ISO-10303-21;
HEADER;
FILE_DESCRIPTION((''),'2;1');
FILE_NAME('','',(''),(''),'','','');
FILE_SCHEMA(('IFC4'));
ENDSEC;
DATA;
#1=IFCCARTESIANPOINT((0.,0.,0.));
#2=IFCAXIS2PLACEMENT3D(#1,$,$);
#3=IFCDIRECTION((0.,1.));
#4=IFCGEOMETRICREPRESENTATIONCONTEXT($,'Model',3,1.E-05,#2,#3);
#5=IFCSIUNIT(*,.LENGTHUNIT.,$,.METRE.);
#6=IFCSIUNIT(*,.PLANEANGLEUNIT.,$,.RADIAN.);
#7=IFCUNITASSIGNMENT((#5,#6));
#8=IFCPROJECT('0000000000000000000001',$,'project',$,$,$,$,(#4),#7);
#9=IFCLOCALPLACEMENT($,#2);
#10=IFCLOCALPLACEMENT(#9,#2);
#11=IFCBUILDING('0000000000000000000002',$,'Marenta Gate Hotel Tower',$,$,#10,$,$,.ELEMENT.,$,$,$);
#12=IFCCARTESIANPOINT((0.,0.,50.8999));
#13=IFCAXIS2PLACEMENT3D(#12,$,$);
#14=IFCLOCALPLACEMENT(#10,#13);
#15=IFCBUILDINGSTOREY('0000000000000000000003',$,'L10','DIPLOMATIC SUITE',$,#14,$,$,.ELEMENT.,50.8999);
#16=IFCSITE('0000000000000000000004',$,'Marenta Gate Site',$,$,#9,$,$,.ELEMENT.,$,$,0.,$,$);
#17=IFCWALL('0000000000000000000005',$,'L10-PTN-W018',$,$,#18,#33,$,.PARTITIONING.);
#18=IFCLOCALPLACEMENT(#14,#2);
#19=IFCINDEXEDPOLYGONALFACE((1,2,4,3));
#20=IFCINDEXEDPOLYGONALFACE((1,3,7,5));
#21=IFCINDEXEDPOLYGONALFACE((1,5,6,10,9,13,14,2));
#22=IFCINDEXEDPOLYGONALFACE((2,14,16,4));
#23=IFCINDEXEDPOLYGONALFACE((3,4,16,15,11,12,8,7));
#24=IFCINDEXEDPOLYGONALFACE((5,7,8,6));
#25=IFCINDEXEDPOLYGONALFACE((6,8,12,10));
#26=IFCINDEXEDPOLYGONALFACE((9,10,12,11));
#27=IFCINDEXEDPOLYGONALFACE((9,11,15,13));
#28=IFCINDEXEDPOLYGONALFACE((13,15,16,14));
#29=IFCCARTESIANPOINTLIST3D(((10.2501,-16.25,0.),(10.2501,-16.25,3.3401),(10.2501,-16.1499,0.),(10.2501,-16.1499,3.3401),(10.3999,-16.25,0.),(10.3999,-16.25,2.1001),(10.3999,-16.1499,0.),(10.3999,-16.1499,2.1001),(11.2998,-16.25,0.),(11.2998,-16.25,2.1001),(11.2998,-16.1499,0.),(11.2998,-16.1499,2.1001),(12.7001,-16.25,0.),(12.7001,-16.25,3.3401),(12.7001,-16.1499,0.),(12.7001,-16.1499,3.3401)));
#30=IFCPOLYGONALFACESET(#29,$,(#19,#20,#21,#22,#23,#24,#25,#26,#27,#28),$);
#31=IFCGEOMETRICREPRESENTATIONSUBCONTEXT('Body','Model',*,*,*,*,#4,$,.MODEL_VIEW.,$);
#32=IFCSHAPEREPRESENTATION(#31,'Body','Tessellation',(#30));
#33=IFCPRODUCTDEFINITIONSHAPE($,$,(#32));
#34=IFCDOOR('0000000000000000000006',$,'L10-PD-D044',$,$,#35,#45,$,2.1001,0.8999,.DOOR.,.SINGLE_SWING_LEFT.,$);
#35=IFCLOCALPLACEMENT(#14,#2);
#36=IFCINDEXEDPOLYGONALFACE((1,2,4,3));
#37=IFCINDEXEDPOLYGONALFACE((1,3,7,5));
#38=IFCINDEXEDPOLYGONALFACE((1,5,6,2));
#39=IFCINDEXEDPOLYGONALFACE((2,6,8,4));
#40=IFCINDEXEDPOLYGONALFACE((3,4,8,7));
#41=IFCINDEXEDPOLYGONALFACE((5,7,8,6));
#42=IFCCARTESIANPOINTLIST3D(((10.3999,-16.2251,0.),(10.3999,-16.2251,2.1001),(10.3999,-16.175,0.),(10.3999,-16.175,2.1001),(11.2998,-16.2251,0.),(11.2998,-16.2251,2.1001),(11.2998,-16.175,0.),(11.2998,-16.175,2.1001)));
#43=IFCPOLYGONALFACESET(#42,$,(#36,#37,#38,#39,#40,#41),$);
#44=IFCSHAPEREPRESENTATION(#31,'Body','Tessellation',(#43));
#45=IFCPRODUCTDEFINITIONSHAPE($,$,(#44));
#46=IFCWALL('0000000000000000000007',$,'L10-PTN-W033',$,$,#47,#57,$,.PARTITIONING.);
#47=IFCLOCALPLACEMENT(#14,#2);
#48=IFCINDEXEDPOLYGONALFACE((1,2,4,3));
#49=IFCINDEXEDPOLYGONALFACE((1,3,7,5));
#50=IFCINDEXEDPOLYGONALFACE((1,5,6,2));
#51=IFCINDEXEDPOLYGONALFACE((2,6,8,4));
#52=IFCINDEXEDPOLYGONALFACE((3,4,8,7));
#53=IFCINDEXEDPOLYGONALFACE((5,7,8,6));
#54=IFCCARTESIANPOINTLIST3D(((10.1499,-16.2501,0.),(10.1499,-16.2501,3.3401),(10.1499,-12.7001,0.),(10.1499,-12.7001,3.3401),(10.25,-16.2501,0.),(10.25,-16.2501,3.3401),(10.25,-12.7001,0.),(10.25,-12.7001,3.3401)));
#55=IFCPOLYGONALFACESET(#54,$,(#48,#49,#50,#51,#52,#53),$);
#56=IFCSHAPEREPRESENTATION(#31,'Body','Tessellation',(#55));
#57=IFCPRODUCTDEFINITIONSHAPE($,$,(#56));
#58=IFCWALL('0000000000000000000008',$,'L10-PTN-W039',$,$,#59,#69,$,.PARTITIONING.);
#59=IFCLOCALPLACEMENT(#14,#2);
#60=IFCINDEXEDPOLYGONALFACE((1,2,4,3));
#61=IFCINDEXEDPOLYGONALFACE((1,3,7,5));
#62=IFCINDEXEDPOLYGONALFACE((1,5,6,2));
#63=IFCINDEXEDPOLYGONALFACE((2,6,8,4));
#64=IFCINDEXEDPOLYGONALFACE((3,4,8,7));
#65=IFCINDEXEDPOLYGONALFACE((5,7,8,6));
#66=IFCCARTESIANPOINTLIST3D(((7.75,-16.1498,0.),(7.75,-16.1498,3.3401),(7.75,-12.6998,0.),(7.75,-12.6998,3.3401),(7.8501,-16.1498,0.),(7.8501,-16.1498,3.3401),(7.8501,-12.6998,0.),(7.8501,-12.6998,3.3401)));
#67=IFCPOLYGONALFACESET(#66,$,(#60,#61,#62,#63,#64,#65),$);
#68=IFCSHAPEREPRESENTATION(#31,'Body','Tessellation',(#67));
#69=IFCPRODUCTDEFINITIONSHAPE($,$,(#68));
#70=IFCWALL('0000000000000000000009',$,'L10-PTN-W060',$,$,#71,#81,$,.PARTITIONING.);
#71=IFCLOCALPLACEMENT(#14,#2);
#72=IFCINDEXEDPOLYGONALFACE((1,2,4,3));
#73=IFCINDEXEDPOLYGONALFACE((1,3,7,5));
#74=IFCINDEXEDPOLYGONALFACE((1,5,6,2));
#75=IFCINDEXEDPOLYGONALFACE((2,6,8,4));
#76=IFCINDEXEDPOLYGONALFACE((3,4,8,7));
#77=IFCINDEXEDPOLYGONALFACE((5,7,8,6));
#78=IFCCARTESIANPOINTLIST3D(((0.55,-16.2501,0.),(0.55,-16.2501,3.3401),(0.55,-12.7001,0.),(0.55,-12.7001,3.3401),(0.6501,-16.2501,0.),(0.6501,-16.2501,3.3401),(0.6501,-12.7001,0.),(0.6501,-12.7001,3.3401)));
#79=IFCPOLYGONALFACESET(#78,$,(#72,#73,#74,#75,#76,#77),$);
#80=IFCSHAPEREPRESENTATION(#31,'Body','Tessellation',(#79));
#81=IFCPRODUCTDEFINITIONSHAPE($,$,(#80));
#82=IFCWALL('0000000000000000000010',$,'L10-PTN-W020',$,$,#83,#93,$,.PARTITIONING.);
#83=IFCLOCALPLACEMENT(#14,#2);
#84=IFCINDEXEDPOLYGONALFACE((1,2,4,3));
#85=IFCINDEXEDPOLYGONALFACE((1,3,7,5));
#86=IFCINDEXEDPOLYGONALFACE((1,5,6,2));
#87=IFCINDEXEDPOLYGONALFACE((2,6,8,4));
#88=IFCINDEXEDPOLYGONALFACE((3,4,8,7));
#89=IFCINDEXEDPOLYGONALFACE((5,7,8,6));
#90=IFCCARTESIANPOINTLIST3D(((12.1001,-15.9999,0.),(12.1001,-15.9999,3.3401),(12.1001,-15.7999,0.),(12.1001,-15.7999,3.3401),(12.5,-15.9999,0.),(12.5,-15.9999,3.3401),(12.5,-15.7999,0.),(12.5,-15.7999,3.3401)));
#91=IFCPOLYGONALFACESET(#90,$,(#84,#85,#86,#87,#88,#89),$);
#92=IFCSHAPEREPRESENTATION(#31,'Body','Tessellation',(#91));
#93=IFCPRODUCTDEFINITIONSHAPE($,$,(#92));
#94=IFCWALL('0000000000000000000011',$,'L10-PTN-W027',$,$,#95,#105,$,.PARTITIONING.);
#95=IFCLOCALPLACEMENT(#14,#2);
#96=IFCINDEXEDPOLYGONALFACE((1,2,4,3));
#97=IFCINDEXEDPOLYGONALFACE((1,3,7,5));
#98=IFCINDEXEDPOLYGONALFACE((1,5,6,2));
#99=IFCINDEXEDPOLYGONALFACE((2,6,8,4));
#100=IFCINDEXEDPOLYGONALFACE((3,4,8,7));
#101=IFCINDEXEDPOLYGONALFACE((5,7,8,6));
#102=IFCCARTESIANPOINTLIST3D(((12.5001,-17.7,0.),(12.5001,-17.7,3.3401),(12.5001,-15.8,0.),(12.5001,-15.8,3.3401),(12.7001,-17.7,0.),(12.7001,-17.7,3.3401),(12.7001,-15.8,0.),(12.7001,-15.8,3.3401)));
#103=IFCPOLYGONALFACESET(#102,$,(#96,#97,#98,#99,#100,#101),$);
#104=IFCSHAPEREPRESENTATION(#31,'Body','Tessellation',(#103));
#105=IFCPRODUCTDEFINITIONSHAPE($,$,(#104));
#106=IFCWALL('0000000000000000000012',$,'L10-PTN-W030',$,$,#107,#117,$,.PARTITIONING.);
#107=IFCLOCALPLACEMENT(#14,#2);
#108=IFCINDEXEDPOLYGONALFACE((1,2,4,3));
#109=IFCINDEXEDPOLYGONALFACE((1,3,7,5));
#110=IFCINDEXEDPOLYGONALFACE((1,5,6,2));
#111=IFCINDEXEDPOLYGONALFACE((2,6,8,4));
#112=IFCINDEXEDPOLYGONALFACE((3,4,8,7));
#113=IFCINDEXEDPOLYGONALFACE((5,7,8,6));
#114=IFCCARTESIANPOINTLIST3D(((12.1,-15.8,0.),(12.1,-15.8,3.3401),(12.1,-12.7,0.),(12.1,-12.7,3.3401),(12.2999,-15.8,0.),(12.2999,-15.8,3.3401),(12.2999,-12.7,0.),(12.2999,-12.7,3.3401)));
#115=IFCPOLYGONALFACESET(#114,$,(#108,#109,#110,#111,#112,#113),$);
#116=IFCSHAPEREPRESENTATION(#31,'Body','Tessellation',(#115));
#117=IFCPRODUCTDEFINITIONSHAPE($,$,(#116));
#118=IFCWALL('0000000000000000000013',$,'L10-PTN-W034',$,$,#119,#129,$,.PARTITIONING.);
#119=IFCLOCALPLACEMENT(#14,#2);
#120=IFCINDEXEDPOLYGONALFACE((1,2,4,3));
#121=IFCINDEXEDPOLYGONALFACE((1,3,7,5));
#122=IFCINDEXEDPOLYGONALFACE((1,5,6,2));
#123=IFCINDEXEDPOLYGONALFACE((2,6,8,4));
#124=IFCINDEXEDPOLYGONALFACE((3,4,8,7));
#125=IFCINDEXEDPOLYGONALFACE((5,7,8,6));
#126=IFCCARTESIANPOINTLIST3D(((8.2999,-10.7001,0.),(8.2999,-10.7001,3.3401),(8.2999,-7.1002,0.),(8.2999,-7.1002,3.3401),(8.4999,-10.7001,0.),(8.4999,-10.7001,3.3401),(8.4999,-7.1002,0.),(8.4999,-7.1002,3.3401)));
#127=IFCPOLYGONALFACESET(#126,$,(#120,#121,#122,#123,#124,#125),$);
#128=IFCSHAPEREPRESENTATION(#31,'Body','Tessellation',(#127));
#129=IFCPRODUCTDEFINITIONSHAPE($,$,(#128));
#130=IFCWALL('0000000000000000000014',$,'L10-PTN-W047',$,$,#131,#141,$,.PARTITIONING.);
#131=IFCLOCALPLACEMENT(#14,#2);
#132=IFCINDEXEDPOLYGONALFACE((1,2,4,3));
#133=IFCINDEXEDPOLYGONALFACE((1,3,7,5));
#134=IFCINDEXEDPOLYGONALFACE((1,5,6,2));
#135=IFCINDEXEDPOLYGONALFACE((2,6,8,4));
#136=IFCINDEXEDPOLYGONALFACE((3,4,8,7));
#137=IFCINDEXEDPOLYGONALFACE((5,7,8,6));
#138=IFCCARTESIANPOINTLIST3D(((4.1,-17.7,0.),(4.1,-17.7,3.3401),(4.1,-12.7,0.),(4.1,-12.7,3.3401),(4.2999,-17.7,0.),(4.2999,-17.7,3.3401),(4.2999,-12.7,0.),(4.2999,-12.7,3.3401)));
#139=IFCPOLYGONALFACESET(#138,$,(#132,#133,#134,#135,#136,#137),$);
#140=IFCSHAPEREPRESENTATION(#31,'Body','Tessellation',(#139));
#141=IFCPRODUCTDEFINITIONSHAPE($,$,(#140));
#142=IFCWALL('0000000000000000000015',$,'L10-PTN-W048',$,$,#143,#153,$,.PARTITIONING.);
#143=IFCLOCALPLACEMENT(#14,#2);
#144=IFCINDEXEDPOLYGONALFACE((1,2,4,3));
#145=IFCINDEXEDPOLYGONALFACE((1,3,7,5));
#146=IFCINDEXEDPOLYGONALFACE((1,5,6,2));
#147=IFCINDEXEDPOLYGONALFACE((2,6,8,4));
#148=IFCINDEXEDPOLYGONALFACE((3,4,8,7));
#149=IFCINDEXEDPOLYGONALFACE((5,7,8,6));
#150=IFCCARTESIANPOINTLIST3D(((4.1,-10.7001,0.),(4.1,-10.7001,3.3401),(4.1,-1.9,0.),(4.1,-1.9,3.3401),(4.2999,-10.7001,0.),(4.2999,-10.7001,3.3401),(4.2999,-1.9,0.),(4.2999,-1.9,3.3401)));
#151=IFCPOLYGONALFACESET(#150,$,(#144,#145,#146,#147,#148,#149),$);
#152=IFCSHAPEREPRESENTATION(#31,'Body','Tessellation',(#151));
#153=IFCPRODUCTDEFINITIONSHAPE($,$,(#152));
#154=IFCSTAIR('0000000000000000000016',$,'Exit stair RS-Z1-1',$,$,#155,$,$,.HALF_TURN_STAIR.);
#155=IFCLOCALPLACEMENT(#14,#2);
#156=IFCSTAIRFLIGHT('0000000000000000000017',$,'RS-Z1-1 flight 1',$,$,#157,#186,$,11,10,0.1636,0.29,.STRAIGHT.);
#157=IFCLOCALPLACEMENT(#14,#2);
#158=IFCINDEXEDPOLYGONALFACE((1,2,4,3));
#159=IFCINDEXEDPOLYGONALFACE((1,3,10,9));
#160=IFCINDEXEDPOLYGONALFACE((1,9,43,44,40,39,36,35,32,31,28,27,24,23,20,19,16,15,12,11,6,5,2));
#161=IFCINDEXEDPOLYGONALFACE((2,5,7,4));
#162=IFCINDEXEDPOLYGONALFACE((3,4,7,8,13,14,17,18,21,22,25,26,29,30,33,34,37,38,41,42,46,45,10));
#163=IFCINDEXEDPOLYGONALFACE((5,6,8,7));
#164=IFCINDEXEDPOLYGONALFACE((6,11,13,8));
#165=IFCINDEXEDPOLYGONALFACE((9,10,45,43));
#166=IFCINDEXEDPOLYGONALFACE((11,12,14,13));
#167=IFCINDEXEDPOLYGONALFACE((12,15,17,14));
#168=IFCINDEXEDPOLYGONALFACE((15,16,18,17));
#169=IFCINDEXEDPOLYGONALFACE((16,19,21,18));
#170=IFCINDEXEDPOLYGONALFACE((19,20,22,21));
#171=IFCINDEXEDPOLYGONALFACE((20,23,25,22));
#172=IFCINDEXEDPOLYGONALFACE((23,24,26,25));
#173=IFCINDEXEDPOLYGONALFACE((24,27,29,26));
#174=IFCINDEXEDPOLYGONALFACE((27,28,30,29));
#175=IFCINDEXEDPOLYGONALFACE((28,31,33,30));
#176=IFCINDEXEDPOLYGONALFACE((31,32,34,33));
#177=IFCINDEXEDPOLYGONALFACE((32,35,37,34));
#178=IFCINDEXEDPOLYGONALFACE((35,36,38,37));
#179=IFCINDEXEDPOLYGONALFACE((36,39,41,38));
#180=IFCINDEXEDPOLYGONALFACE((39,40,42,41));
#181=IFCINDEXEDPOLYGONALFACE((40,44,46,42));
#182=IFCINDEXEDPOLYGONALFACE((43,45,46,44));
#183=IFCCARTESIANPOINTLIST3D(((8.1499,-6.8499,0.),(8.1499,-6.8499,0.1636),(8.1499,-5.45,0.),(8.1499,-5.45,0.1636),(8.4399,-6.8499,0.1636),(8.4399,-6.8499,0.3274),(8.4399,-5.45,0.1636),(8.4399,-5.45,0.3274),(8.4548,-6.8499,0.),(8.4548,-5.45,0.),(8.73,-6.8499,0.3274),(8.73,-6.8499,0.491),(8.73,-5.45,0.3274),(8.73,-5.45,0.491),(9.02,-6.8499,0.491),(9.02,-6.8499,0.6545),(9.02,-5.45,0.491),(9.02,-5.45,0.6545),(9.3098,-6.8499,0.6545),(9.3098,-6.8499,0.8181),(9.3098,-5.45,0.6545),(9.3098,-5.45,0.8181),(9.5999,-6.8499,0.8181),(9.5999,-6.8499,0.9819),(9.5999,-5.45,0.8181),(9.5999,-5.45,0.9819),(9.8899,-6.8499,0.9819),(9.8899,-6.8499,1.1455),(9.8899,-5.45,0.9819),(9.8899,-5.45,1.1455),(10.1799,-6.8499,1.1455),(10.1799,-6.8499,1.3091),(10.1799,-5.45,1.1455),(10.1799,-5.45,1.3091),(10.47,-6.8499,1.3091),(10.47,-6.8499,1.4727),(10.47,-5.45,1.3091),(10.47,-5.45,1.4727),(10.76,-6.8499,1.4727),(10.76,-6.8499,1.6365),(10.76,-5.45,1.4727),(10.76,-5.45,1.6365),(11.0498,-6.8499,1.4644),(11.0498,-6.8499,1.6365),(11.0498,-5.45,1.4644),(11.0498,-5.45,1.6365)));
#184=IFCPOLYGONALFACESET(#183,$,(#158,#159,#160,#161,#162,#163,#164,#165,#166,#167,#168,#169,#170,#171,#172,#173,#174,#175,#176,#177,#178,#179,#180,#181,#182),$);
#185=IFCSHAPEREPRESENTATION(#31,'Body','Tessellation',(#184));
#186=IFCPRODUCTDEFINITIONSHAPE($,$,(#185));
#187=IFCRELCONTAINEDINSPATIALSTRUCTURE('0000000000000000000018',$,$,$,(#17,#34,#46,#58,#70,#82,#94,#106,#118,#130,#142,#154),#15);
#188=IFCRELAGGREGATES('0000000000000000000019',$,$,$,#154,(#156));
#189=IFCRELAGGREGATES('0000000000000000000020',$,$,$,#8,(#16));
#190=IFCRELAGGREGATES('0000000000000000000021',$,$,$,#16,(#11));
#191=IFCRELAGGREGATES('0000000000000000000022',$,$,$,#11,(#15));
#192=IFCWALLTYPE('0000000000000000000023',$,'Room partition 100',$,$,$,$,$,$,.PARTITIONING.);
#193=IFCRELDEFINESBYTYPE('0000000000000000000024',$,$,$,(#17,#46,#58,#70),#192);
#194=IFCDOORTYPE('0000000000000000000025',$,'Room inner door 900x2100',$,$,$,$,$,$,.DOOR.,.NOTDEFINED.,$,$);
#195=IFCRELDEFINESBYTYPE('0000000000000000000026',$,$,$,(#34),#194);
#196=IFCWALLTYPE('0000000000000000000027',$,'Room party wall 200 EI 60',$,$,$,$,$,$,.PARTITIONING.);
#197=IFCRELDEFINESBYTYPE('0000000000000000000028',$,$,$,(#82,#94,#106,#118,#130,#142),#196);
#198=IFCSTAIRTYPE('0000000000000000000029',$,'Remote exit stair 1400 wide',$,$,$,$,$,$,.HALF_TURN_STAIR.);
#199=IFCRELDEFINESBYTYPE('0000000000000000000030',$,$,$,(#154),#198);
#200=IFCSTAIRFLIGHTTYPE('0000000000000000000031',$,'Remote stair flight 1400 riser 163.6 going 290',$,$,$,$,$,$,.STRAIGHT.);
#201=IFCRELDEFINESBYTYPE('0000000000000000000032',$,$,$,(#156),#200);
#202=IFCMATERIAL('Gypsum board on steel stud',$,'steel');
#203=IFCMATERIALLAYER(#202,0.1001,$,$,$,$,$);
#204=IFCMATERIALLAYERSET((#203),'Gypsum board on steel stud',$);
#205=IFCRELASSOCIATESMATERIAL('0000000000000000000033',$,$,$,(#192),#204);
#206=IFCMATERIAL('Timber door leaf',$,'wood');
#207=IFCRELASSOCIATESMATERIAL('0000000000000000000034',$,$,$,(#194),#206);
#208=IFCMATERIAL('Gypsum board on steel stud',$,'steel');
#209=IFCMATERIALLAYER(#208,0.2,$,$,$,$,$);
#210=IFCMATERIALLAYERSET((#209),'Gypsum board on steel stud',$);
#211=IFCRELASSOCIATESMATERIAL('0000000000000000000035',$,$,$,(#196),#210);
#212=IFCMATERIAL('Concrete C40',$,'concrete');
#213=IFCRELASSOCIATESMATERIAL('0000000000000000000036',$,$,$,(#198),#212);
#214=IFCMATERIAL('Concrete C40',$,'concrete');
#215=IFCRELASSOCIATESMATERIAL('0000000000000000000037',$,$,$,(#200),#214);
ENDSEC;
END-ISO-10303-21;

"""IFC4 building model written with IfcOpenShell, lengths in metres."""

from ifc_helpers import new_model, si_unit, direction, frame, frame_2d, origin, place, context, subcontext, project, spatial, polyline, rectangle, outline, extrude, material, layer, layer_set, type_object, element, fill, aggregate, save


model = new_model("IFC4")

# Units and contexts
model_context = context("Model", 3, precision=1e-05, world=origin(), true_north=direction((0.0, 1.0)))
body_context = subcontext(model_context, "Body", "Model", "MODEL_VIEW")
ifc_project = project(units=[si_unit("LENGTHUNIT", "METRE"), si_unit("PLANEANGLEUNIT", "RADIAN")], contexts=[model_context])

# Site, building, storey
site_placement = place(None, origin())
site = spatial("IfcSite", under=ifc_project, at=site_placement, Name="Marenta Gate Site", CompositionType="ELEMENT", RefElevation=0.0)
building_placement = place(site_placement, origin())
building = spatial("IfcBuilding", under=site, at=building_placement, Name="Marenta Gate Hotel Tower", CompositionType="ELEMENT")
storey_placement = place(building_placement, frame((0.0, 0.0, 50.8999)))
storey = spatial("IfcBuildingStorey", under=building, at=storey_placement, Name="L10", Description="DIPLOMATIC SUITE", CompositionType="ELEMENT", Elevation=50.8999)

# Shared definitions
ifc_material_1 = material(Name="Gypsum board on steel stud", Category="steel")
ifc_layer_1 = layer(ifc_material_1, 0.1001)
ifc_layer_set_1 = layer_set([ifc_layer_1], Name="Gypsum board on steel stud")
wall_type_1 = type_object("IfcWallType", Name="Room partition 100", PredefinedType="PARTITIONING", material=ifc_layer_set_1)

# Wall, opening, door
wall_1_placement = place(storey_placement, frame((10.25, -16.2, 0.0), z_axis=(0.0, 0.0, 1.0), x_axis=(1.0, 0.0, 0.0)))
wall_1 = element("IfcWall", 1, at=wall_1_placement, inside=storey, type_object=wall_type_1, Name="L10-PTN-W018", PredefinedType="PARTITIONING", context=body_context, shape_type="SweptSolid", body=[
    extrude(rectangle(XDim=2.45, YDim=0.1001, at=frame_2d((1.2251, 0.0))), origin(), (0.0, 0.0, 1.0), 3.3401),
])
opening_1_placement = place(wall_1_placement, frame((0.1499, 0.0, 0.0)))
opening_1 = element("IfcOpeningElement", 2, at=opening_1_placement, cuts=wall_1, PredefinedType="OPENING", context=body_context, shape_type="SweptSolid", body=[
    extrude(rectangle(XDim=0.8999, YDim=2.1001, at=frame_2d((0.45, 1.05))), frame((0.0, 0.05, 0.0), z_axis=(0.0, -1.0, 0.0), x_axis=(1.0, 0.0, 0.0)), (0.0, 0.0, 1.0), 0.1001),
])
ifc_material_2 = material(Name="Timber door leaf", Category="wood")
door_type_1 = type_object("IfcDoorType", Name="Room inner door 900x2100", OperationType="NOTDEFINED", PredefinedType="DOOR", material=ifc_material_2)
door_1_placement = place(opening_1_placement, origin())
door_1 = element("IfcDoor", 3, at=door_1_placement, inside=storey, type_object=door_type_1, Name="L10-PD-D044", OperationType="SINGLE_SWING_LEFT", OverallHeight=2.1001, OverallWidth=0.8999, PredefinedType="DOOR", context=body_context, shape_type="SweptSolid", body=[
    extrude(rectangle(XDim=0.8999, YDim=2.1001, at=frame_2d((0.45, 1.05))), frame((0.0, 0.0249, 0.0), z_axis=(0.0, -1.0, 0.0), x_axis=(1.0, 0.0, 0.0)), (0.0, 0.0, 1.0), 0.05),
])
fill(opening_1, door_1)

# Walls
wall_2_placement = place(storey_placement, frame((10.2, -16.25, 0.0), z_axis=(0.0, 0.0, 1.0), x_axis=(0.0, 1.0, 0.0)))
element("IfcWall", 4, at=wall_2_placement, inside=storey, type_object=wall_type_1, Name="L10-PTN-W033", PredefinedType="PARTITIONING", context=body_context, shape_type="SweptSolid", body=[
    extrude(rectangle(XDim=3.55, YDim=0.1001, at=frame_2d((1.7749, 0.0))), origin(), (0.0, 0.0, 1.0), 3.3401),
])
wall_3_placement = place(storey_placement, frame((7.8, -16.1499, 0.0), z_axis=(0.0, 0.0, 1.0), x_axis=(0.0, 1.0, 0.0)))
element("IfcWall", 5, at=wall_3_placement, inside=storey, type_object=wall_type_1, Name="L10-PTN-W039", PredefinedType="PARTITIONING", context=body_context, shape_type="SweptSolid", body=[
    extrude(rectangle(XDim=3.45, YDim=0.1001, at=frame_2d((1.7251, 0.0))), origin(), (0.0, 0.0, 1.0), 3.3401),
])
wall_4_placement = place(storey_placement, frame((0.6001, -16.25, 0.0), z_axis=(0.0, 0.0, 1.0), x_axis=(0.0, 1.0, 0.0)))
element("IfcWall", 6, at=wall_4_placement, inside=storey, type_object=wall_type_1, Name="L10-PTN-W060", PredefinedType="PARTITIONING", context=body_context, shape_type="SweptSolid", body=[
    extrude(rectangle(XDim=3.55, YDim=0.1001, at=frame_2d((1.7749, 0.0))), origin(), (0.0, 0.0, 1.0), 3.3401),
])
ifc_material_3 = material(Name="Gypsum board on steel stud", Category="steel")
ifc_layer_2 = layer(ifc_material_3, 0.2)
ifc_layer_set_2 = layer_set([ifc_layer_2], Name="Gypsum board on steel stud")
wall_type_2 = type_object("IfcWallType", Name="Room party wall 200 EI 60", PredefinedType="PARTITIONING", material=ifc_layer_set_2)
wall_5_placement = place(storey_placement, frame((12.1001, -15.8999, 0.0), z_axis=(0.0, 0.0, 1.0), x_axis=(1.0, 0.0, 0.0)))
element("IfcWall", 7, at=wall_5_placement, inside=storey, type_object=wall_type_2, Name="L10-PTN-W020", PredefinedType="PARTITIONING", context=body_context, shape_type="SweptSolid", body=[
    extrude(rectangle(XDim=0.3999, YDim=0.2, at=frame_2d((0.2, 0.0))), origin(), (0.0, 0.0, 1.0), 3.3401),
])
wall_6_placement = place(storey_placement, frame((12.6001, -17.7, 0.0), z_axis=(0.0, 0.0, 1.0), x_axis=(0.0, 1.0, 0.0)))
element("IfcWall", 8, at=wall_6_placement, inside=storey, type_object=wall_type_2, Name="L10-PTN-W027", PredefinedType="PARTITIONING", context=body_context, shape_type="SweptSolid", body=[
    extrude(rectangle(XDim=1.8999, YDim=0.2, at=frame_2d((0.95, 0.0))), origin(), (0.0, 0.0, 1.0), 3.3401),
])
wall_7_placement = place(storey_placement, frame((12.2, -15.8, 0.0), z_axis=(0.0, 0.0, 1.0), x_axis=(0.0, 1.0, 0.0)))
element("IfcWall", 9, at=wall_7_placement, inside=storey, type_object=wall_type_2, Name="L10-PTN-W030", PredefinedType="PARTITIONING", context=body_context, shape_type="SweptSolid", body=[
    extrude(rectangle(XDim=3.1001, YDim=0.2, at=frame_2d((1.55, 0.0))), origin(), (0.0, 0.0, 1.0), 3.3401),
])
wall_8_placement = place(storey_placement, frame((8.3999, -10.7, 0.0), z_axis=(0.0, 0.0, 1.0), x_axis=(0.0, 1.0, 0.0)))
element("IfcWall", 10, at=wall_8_placement, inside=storey, type_object=wall_type_2, Name="L10-PTN-W034", PredefinedType="PARTITIONING", context=body_context, shape_type="SweptSolid", body=[
    extrude(rectangle(XDim=3.5999, YDim=0.2, at=frame_2d((1.7998, 0.0))), origin(), (0.0, 0.0, 1.0), 3.3401),
])
wall_9_placement = place(storey_placement, frame((4.2, -17.7, 0.0), z_axis=(0.0, 0.0, 1.0), x_axis=(0.0, 1.0, 0.0)))
element("IfcWall", 11, at=wall_9_placement, inside=storey, type_object=wall_type_2, Name="L10-PTN-W047", PredefinedType="PARTITIONING", context=body_context, shape_type="SweptSolid", body=[
    extrude(rectangle(XDim=5.0, YDim=0.2, at=frame_2d((2.5, 0.0))), origin(), (0.0, 0.0, 1.0), 3.3401),
])
wall_10_placement = place(storey_placement, frame((4.2, -10.7, 0.0), z_axis=(0.0, 0.0, 1.0), x_axis=(0.0, 1.0, 0.0)))
element("IfcWall", 12, at=wall_10_placement, inside=storey, type_object=wall_type_2, Name="L10-PTN-W048", PredefinedType="PARTITIONING", context=body_context, shape_type="SweptSolid", body=[
    extrude(rectangle(XDim=8.8, YDim=0.2, at=frame_2d((4.3999, 0.0))), origin(), (0.0, 0.0, 1.0), 3.3401),
])

# Stair, stair flight
ifc_material_4 = material(Name="Concrete C40", Category="concrete")
stair_type = type_object("IfcStairType", Name="Remote exit stair 1400 wide", PredefinedType="HALF_TURN_STAIR", material=ifc_material_4)
stair_placement = place(storey_placement, origin())
stair = element("IfcStair", 13, at=stair_placement, inside=storey, type_object=stair_type, Name="Exit stair RS-Z1-1", PredefinedType="HALF_TURN_STAIR")
ifc_material_5 = material(Name="Concrete C40", Category="concrete")
stair_flight_type = type_object("IfcStairFlightType", Name="Remote stair flight 1400 riser 163.6 going 290", PredefinedType="STRAIGHT", material=ifc_material_5)
stair_flight_placement = place(storey_placement, frame((8.1499, -6.1499, 0.0), z_axis=(0.0, 0.0, 1.0), x_axis=(1.0, 0.0, 0.0)))
stair_flight = element("IfcStairFlight", 14, at=stair_flight_placement, type_object=stair_flight_type, Name="RS-Z1-1 flight 1", NumberOfRisers=11, NumberOfTreads=10, PredefinedType="STRAIGHT", RiserHeight=0.1636, TreadLength=0.29, context=body_context, shape_type="SweptSolid", body=[
    extrude(outline(polyline([(0.0, 0.0), (0.0, 0.1636), (0.29, 0.1636), (0.29, 0.3274), (0.5801, 0.3274), (0.5801, 0.491), (0.8701, 0.491), (0.8701, 0.6545), (1.1599, 0.6545), (1.1599, 0.8181), (1.45, 0.8181), (1.45, 0.9819), (1.74, 0.9819), (1.74, 1.1455), (2.03, 1.1455), (2.03, 1.3091), (2.3201, 1.3091), (2.3201, 1.4727), (2.6101, 1.4727), (2.6101, 1.6365), (2.8999, 1.6365), (2.8999, 1.8), (2.8999, 1.4644), (0.3049, 0.0), (0.0, 0.0)])), frame((0.0, 0.7, 0.0), z_axis=(0.0, -1.0, 0.0), x_axis=(1.0, 0.0, 0.0)), (0.0, 0.0, 1.0), 1.3999),
])
aggregate(stair, [stair_flight])

save(model, "model.ifc")
